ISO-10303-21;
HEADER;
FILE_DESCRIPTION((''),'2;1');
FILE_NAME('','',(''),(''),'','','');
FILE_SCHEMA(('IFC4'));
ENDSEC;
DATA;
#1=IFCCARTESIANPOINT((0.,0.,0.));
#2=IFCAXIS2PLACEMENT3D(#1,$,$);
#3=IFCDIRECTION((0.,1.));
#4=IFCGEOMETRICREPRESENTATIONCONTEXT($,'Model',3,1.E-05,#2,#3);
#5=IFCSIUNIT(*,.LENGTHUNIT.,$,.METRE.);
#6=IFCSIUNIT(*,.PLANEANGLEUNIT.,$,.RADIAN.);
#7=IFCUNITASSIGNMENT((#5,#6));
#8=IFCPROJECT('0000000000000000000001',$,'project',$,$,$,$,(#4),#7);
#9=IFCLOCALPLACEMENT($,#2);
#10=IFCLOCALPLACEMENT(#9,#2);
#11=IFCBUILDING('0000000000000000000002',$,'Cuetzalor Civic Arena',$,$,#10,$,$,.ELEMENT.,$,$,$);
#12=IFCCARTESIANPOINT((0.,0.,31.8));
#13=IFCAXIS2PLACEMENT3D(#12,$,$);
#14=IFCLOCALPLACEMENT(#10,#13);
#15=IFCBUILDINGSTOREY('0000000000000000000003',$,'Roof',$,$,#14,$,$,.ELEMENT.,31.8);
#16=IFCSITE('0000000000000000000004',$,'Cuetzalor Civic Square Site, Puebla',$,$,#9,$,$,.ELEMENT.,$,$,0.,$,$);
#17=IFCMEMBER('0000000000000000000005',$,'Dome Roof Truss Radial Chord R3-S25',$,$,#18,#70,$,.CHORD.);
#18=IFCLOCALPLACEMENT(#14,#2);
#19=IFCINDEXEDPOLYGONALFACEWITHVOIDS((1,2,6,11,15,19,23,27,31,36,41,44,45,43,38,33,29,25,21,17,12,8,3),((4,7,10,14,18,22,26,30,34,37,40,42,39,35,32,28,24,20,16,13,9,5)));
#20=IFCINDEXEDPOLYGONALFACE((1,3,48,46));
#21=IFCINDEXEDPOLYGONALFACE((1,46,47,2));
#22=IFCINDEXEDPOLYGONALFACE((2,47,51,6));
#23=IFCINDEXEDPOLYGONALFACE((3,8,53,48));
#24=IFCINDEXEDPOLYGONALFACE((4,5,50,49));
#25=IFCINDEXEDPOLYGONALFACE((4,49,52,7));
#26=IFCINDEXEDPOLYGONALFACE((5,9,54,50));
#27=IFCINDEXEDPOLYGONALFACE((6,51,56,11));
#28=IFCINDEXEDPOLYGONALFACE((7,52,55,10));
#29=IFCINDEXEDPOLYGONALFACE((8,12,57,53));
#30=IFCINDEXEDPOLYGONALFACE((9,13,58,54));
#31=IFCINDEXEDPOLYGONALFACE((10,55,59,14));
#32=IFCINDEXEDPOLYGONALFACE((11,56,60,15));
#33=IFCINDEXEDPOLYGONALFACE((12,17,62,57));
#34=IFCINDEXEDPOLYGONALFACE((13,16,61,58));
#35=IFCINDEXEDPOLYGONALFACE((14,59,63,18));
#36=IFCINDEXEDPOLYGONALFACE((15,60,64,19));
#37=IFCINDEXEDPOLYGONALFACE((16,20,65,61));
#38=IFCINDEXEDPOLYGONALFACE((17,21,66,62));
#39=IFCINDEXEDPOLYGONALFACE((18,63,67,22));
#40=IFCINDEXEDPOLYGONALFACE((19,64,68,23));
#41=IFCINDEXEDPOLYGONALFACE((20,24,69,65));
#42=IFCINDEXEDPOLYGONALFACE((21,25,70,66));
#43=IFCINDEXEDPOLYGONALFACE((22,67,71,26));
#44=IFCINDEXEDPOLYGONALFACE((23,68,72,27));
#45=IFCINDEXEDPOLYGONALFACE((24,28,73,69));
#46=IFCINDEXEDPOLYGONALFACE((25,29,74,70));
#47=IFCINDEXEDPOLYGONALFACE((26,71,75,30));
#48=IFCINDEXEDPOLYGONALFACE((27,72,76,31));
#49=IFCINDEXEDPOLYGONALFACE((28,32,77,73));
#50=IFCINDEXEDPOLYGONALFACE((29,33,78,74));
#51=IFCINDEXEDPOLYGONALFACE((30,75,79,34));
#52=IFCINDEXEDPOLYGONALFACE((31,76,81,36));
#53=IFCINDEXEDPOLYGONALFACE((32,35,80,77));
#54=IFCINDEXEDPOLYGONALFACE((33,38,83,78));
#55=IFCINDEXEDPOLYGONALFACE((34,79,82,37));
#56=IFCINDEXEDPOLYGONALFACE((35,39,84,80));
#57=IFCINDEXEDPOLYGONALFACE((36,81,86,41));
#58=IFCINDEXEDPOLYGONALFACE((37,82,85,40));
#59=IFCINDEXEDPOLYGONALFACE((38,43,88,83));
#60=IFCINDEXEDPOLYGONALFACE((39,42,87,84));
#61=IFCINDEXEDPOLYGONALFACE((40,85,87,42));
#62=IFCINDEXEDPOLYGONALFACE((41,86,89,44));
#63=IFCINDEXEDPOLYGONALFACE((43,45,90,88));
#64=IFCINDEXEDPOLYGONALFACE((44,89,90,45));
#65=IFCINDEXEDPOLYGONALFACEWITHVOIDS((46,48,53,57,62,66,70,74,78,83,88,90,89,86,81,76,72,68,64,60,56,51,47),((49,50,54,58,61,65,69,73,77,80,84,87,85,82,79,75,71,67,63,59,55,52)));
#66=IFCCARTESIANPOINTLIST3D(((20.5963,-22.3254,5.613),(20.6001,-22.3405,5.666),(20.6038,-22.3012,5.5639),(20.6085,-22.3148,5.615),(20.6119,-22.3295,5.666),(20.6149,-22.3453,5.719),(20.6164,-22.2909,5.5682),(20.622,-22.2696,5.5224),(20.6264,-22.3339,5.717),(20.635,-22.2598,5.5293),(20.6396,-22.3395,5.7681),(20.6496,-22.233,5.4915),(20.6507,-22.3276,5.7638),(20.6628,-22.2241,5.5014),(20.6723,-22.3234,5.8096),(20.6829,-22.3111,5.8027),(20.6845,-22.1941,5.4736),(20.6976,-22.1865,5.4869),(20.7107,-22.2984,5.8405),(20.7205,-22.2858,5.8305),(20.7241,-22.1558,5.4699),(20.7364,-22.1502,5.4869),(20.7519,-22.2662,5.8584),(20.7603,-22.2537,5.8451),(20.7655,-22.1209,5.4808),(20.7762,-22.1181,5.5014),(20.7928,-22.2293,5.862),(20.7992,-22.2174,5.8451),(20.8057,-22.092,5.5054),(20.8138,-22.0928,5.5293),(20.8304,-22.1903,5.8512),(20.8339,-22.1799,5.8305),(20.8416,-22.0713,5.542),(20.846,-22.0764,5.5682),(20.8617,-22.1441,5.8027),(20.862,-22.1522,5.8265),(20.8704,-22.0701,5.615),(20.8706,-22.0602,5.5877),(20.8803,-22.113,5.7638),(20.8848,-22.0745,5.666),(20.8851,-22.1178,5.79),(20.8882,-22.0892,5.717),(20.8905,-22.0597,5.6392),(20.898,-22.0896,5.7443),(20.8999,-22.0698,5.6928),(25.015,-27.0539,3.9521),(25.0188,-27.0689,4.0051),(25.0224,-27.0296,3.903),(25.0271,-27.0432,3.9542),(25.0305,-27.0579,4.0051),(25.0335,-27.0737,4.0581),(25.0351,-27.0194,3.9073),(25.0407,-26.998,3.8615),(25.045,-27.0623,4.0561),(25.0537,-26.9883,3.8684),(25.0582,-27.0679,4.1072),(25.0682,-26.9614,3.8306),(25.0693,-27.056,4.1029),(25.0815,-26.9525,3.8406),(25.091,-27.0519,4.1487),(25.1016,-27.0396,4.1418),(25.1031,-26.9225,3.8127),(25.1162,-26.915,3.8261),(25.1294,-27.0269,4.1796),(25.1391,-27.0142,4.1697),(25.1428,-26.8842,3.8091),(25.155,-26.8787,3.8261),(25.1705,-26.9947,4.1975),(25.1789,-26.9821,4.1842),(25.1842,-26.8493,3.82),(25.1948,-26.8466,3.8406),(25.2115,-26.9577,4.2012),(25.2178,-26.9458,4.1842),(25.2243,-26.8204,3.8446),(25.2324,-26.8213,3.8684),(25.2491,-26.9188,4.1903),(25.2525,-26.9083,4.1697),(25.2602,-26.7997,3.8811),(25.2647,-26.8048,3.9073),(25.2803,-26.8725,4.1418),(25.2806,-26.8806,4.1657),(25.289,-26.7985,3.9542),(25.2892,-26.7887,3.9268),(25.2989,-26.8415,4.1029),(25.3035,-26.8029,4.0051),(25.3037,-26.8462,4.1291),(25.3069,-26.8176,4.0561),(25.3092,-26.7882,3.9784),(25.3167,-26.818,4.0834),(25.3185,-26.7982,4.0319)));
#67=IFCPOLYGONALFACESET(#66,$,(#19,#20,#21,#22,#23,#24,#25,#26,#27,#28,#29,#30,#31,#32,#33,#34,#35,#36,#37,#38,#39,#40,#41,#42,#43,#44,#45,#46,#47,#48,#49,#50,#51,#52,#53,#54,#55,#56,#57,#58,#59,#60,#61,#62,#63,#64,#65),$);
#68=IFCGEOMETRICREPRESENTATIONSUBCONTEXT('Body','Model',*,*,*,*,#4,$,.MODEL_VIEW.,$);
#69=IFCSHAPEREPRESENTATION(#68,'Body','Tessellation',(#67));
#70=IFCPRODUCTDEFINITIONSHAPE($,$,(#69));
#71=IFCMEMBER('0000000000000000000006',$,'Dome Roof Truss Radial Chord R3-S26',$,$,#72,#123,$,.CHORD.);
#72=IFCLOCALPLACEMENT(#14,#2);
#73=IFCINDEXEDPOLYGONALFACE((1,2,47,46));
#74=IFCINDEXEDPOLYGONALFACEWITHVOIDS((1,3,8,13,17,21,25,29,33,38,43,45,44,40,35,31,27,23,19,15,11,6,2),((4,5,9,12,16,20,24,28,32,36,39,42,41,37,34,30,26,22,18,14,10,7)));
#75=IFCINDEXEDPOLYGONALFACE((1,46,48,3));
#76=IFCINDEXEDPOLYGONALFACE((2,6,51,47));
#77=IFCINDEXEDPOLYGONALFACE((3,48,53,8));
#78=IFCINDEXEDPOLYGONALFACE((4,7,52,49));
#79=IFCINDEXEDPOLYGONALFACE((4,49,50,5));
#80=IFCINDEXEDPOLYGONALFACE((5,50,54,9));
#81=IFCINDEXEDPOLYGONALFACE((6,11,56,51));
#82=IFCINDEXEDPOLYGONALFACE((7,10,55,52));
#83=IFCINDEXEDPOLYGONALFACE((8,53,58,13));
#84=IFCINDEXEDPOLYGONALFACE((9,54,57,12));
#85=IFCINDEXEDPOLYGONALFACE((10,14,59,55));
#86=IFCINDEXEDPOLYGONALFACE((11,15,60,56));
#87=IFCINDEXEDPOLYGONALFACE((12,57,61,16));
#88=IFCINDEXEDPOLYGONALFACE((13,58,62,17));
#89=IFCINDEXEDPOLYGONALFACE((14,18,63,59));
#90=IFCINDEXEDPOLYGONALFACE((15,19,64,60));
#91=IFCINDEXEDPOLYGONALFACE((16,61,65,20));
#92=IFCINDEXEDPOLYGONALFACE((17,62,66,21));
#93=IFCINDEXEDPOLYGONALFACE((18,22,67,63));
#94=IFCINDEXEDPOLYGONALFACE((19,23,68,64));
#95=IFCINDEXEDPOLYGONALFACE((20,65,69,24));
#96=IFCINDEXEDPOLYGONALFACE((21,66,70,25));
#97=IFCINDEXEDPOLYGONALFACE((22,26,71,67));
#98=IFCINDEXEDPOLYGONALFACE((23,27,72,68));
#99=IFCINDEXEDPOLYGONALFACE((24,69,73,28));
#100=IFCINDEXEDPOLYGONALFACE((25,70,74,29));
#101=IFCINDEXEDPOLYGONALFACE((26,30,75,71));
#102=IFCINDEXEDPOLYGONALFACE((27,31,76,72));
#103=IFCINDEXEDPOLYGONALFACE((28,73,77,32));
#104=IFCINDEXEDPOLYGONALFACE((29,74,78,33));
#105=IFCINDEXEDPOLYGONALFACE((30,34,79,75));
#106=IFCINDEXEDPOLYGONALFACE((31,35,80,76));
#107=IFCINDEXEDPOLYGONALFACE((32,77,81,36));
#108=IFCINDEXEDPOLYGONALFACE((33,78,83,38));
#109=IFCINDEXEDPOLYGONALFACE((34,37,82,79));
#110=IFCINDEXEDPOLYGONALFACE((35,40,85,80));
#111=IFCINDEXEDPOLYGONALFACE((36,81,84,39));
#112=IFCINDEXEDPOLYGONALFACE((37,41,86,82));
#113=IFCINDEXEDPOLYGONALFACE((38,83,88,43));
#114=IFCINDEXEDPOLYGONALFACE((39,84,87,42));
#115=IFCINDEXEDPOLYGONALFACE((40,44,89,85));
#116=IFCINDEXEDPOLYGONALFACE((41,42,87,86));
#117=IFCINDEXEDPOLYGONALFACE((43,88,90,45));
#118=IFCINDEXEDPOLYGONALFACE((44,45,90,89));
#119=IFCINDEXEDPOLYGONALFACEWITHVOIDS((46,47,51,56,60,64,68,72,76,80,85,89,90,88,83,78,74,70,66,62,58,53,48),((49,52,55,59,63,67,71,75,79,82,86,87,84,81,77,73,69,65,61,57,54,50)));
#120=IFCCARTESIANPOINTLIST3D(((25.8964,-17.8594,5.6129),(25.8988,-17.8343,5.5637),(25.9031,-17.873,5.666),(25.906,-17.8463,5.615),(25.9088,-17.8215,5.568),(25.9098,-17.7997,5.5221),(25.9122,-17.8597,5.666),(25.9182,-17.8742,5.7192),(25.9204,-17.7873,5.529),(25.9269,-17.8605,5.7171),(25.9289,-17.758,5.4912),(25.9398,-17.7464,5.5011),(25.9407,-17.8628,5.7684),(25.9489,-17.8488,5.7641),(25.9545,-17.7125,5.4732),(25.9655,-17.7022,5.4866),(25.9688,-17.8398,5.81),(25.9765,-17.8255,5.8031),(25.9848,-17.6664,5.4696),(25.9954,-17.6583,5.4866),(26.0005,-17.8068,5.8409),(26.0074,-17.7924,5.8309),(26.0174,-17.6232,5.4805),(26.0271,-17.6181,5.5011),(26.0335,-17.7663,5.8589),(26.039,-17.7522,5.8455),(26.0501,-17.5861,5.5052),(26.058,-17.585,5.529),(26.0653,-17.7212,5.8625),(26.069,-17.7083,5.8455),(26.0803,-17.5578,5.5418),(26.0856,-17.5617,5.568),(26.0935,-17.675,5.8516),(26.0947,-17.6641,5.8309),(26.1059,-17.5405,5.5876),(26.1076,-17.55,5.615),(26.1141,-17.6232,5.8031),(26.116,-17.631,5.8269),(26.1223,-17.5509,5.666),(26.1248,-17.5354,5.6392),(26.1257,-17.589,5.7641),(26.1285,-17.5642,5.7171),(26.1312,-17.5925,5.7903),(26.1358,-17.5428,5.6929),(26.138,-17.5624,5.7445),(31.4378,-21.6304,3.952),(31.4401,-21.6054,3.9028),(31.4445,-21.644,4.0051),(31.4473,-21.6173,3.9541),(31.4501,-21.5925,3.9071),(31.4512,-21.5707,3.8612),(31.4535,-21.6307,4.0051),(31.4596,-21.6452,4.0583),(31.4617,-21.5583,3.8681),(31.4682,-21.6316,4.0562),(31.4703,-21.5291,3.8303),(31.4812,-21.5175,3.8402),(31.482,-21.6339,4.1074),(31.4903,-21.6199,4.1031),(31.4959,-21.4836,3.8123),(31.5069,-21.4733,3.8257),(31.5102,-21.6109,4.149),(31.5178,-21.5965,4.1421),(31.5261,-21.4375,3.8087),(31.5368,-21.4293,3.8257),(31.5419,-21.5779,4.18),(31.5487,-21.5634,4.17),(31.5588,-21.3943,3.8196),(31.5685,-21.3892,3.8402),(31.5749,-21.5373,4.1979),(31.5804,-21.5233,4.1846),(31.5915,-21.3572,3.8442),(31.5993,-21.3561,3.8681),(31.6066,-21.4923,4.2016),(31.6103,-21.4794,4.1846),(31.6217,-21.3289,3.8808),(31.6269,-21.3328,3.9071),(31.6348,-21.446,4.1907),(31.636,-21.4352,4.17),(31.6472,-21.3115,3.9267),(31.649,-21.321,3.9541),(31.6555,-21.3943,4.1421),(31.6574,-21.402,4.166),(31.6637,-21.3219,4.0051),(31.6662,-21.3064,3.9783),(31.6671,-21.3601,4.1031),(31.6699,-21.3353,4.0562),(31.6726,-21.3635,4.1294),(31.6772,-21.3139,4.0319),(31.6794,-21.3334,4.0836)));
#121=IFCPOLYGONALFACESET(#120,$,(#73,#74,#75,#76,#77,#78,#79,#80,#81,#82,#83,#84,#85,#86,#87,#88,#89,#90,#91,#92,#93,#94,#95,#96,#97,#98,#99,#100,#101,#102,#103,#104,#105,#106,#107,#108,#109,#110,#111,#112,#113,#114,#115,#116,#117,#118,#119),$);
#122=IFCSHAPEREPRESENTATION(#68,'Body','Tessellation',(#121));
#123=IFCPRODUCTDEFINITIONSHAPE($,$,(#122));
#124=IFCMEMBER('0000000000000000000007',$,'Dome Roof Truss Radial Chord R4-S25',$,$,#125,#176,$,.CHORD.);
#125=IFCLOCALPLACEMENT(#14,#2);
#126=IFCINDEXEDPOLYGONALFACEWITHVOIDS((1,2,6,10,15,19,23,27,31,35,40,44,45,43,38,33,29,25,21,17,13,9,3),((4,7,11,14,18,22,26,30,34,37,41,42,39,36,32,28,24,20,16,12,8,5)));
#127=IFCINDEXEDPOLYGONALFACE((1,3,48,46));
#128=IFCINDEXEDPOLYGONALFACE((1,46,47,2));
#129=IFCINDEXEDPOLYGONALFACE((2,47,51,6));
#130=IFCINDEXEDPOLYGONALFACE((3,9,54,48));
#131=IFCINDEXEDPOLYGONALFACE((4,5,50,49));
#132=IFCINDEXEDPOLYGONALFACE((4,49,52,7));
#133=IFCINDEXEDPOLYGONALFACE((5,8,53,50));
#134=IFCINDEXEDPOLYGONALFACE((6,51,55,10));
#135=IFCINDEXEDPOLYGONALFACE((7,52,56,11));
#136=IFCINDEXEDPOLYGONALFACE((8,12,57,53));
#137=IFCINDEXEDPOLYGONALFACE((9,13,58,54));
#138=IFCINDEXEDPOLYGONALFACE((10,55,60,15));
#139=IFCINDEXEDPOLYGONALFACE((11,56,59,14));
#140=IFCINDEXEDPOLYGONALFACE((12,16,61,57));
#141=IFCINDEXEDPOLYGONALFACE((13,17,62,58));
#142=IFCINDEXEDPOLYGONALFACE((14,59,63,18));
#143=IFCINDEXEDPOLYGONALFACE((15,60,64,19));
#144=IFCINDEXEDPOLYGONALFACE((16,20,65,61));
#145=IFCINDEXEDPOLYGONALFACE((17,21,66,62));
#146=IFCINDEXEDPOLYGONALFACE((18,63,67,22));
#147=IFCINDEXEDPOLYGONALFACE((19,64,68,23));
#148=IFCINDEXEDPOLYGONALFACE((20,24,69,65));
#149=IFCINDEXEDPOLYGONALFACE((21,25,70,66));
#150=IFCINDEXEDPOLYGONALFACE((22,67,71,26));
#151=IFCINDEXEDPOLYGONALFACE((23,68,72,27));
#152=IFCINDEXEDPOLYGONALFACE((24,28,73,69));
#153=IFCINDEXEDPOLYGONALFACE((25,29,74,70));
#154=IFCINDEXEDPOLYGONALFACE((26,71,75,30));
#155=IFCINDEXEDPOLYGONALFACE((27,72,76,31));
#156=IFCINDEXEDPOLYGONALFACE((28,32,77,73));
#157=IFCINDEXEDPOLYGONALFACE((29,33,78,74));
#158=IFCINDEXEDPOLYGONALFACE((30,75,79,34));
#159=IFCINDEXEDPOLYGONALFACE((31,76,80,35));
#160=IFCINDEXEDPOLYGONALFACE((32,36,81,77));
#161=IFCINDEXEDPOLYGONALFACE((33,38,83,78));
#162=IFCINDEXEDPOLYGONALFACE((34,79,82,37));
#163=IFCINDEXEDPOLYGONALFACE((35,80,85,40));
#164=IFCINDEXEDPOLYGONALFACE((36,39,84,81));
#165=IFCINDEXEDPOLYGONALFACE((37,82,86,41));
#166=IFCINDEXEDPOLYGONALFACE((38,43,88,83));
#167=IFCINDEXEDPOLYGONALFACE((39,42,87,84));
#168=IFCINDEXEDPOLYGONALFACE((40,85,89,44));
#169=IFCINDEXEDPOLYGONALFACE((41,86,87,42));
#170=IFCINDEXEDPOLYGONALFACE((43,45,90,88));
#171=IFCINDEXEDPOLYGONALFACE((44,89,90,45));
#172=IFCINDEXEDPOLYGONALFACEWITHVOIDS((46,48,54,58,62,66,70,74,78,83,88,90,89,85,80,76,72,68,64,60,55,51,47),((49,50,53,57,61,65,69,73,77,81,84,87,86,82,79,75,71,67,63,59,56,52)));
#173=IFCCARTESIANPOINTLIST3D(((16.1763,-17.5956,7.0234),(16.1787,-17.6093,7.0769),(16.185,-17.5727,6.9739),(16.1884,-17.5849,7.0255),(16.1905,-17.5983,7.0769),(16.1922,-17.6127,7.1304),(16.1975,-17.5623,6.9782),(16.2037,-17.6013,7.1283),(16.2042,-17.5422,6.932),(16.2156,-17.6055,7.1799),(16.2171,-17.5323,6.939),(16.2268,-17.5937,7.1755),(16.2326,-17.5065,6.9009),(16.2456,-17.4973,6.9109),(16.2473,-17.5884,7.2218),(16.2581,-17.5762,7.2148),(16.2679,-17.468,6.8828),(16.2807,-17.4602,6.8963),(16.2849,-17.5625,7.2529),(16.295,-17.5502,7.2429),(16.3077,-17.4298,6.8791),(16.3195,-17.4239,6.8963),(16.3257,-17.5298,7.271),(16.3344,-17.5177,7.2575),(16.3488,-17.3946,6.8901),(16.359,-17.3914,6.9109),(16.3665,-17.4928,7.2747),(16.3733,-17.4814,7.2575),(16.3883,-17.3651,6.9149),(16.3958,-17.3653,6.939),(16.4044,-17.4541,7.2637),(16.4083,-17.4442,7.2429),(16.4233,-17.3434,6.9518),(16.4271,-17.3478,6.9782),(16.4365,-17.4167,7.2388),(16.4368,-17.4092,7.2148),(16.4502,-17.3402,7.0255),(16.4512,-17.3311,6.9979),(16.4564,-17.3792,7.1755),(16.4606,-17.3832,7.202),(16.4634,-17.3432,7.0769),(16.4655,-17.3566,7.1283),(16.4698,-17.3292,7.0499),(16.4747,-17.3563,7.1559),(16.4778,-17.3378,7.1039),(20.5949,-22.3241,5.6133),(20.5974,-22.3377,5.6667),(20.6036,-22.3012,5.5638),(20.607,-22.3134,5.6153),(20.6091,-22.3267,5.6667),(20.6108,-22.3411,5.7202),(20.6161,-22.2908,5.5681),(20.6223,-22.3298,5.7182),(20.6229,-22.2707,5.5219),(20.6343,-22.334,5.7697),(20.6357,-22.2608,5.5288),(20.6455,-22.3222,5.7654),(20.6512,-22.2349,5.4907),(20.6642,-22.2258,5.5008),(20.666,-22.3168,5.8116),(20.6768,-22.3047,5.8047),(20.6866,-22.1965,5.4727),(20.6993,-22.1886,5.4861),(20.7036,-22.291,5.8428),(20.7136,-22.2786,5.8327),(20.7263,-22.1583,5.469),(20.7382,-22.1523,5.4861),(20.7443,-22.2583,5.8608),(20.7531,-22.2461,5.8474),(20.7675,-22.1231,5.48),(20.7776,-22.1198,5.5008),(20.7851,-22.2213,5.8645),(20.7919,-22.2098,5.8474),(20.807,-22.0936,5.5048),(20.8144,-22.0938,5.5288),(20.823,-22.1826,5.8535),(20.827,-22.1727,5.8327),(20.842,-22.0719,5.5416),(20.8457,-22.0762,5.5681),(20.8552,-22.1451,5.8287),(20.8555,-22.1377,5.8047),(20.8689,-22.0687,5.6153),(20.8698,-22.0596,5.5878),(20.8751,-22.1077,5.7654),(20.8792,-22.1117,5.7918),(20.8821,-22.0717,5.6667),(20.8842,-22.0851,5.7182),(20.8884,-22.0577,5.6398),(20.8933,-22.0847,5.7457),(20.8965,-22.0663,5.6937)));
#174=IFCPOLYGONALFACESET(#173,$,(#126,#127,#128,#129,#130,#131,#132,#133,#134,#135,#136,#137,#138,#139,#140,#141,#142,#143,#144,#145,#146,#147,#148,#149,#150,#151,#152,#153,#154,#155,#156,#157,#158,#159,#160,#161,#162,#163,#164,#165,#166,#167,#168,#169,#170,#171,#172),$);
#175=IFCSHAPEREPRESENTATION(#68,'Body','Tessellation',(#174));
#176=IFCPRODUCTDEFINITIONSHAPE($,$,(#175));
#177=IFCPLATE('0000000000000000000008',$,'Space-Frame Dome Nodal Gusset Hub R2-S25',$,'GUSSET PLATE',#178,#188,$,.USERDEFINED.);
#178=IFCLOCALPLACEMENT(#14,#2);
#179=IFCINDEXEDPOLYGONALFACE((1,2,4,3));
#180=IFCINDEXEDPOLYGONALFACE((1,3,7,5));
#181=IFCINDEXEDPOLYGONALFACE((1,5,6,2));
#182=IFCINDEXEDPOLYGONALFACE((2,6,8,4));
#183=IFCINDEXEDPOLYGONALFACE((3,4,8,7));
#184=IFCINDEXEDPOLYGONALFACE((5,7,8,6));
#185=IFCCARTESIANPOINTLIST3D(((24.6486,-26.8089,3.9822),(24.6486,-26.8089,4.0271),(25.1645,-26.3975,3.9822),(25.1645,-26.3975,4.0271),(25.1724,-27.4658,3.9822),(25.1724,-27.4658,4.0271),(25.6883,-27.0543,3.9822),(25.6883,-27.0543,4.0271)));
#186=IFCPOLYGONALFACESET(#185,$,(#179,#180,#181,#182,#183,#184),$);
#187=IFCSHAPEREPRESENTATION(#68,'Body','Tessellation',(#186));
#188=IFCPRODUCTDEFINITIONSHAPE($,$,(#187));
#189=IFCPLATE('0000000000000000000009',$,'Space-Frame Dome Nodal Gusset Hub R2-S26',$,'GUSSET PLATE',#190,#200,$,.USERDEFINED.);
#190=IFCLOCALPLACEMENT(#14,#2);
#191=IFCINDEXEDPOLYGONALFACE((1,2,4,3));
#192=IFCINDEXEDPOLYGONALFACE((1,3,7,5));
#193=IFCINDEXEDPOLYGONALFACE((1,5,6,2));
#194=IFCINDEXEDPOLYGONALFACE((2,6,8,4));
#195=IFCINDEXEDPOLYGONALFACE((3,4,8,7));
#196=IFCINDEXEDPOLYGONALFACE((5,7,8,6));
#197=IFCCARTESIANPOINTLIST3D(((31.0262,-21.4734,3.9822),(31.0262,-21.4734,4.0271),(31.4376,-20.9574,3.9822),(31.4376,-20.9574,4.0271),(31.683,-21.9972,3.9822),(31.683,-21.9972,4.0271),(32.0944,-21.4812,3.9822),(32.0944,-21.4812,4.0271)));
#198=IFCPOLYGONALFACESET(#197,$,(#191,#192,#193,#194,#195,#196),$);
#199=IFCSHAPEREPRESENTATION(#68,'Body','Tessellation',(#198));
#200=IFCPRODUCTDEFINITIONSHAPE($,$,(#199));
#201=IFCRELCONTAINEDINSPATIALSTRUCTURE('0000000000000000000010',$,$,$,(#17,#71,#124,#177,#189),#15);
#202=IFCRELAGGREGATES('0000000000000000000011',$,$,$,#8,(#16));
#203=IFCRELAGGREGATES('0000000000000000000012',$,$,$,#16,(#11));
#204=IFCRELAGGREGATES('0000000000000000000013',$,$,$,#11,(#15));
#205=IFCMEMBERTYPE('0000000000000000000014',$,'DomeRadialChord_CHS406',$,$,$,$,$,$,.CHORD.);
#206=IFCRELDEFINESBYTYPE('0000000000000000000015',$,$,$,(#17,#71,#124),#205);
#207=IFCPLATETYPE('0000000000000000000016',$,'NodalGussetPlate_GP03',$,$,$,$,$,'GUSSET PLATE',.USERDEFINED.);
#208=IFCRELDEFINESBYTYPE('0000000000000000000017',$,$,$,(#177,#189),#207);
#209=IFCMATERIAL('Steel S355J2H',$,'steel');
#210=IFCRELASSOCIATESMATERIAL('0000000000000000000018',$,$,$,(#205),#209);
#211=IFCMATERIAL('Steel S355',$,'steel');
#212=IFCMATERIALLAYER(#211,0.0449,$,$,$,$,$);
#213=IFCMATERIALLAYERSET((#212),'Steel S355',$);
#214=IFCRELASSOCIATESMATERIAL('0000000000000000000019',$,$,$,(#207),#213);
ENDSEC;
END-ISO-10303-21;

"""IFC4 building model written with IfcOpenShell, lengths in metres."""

from ifc_helpers import new_model, si_unit, direction, frame, origin, origin_2d, place, context, subcontext, project, spatial, rectangle, hollow_circle, extrude, material, layer, layer_set, material_profile, profile_set, type_object, element, save


model = new_model("IFC4")

# Units and contexts
model_context = context("Model", 3, precision=1e-05, world=origin(), true_north=direction((0.0, 1.0)))
body_context = subcontext(model_context, "Body", "Model", "MODEL_VIEW")
ifc_project = project(units=[si_unit("LENGTHUNIT", "METRE"), si_unit("PLANEANGLEUNIT", "RADIAN")], contexts=[model_context])

# Site, building, storey
site_placement = place(None, origin())
site = spatial("IfcSite", under=ifc_project, at=site_placement, Name="Cuetzalor Civic Square Site, Puebla", CompositionType="ELEMENT", RefElevation=0.0)
building_placement = place(site_placement, origin())
building = spatial("IfcBuilding", under=site, at=building_placement, Name="Cuetzalor Civic Arena", CompositionType="ELEMENT")
storey_placement = place(building_placement, frame((0.0, 0.0, 31.8)))
storey = spatial("IfcBuildingStorey", under=building, at=storey_placement, Name="Roof", CompositionType="ELEMENT", Elevation=31.8)

# Members
ifc_material_1 = material(Name="Steel S355J2H", Category="steel")
ifc_material_profile_1 = material_profile(ifc_material_1, hollow_circle(Radius=0.2029, WallThickness=0.0161, at=origin_2d()), Name="CHS 406x16")
ifc_profile_set_1 = profile_set([ifc_material_profile_1], Name="Steel S355J2H")
member_type_1 = type_object("IfcMemberType", Name="DomeRadialChord_CHS406", PredefinedType="CHORD", material=ifc_profile_set_1)
member_1_placement = place(storey_placement, frame((25.167, -26.9304, 4.0051), z_axis=(-0.661335, 0.707704, 0.248581), x_axis=(-0.730637, -0.682766, 0.0)))
element("IfcMember", 1, at=member_1_placement, inside=storey, type_object=member_type_1, Name="Dome Roof Truss Radial Chord R3-S25", PredefinedType="CHORD", context=body_context, shape_type="SweptSolid", body=[
    extrude(hollow_circle(Radius=0.2029, WallThickness=0.0161, at=origin_2d()), origin(), (0.0, 0.0, 1.0), 6.6814),
])
member_2_placement = place(storey_placement, frame((31.5586, -21.4763, 4.0051), z_axis=(-0.802453, 0.546094, 0.24052), x_axis=(-0.56261, -0.826723, 0.0)))
element("IfcMember", 2, at=member_2_placement, inside=storey, type_object=member_type_1, Name="Dome Roof Truss Radial Chord R3-S26", PredefinedType="CHORD", context=body_context, shape_type="SweptSolid", body=[
    extrude(hollow_circle(Radius=0.2029, WallThickness=0.0161, at=origin_2d()), origin(), (0.0, 0.0, 1.0), 6.9055),
])
member_3_placement = place(storey_placement, frame((20.7456, -22.1992, 5.6667), z_axis=(-0.667113, 0.713887, 0.212898), x_axis=(-0.730637, -0.682766, 0.0)))
element("IfcMember", 3, at=member_3_placement, inside=storey, type_object=member_type_1, Name="Dome Roof Truss Radial Chord R4-S25", PredefinedType="CHORD", context=body_context, shape_type="SweptSolid", body=[
    extrude(hollow_circle(Radius=0.2029, WallThickness=0.0161, at=origin_2d()), origin(), (0.0, 0.0, 1.0), 6.6235),
])

# Plates
ifc_material_2 = material(Name="Steel S355", Category="steel")
ifc_layer_1 = layer(ifc_material_2, 0.0449)
ifc_layer_set_1 = layer_set([ifc_layer_1], Name="Steel S355")
plate_type_1 = type_object("IfcPlateType", Name="NodalGussetPlate_GP03", ElementType="GUSSET PLATE", PredefinedType="USERDEFINED", material=ifc_layer_set_1)
for number, where, z_axis, x_axis, name in (
    (4, (25.1685, -26.9316, 3.9822), (0.0, 0.0, 1.0), (0.62347, -0.781847, 0.0), "Space-Frame Dome Nodal Gusset Hub R2-S25"),
    (5, (31.5603, -21.4773, 3.9822), (0.0, 0.0, 1.0), (0.781847, -0.62347, 0.0), "Space-Frame Dome Nodal Gusset Hub R2-S26"),
):
    element("IfcPlate", number, at=place(storey_placement, frame(where, z_axis=z_axis, x_axis=x_axis)), inside=storey, type_object=plate_type_1, Name=name, ObjectType="GUSSET PLATE", PredefinedType="USERDEFINED", context=body_context, shape_type="SweptSolid", body=[
        extrude(rectangle(XDim=0.8401, YDim=0.6599, at=origin_2d()), origin(), (0.0, 0.0, 1.0), 0.0449),
    ])

save(model, "model.ifc")
